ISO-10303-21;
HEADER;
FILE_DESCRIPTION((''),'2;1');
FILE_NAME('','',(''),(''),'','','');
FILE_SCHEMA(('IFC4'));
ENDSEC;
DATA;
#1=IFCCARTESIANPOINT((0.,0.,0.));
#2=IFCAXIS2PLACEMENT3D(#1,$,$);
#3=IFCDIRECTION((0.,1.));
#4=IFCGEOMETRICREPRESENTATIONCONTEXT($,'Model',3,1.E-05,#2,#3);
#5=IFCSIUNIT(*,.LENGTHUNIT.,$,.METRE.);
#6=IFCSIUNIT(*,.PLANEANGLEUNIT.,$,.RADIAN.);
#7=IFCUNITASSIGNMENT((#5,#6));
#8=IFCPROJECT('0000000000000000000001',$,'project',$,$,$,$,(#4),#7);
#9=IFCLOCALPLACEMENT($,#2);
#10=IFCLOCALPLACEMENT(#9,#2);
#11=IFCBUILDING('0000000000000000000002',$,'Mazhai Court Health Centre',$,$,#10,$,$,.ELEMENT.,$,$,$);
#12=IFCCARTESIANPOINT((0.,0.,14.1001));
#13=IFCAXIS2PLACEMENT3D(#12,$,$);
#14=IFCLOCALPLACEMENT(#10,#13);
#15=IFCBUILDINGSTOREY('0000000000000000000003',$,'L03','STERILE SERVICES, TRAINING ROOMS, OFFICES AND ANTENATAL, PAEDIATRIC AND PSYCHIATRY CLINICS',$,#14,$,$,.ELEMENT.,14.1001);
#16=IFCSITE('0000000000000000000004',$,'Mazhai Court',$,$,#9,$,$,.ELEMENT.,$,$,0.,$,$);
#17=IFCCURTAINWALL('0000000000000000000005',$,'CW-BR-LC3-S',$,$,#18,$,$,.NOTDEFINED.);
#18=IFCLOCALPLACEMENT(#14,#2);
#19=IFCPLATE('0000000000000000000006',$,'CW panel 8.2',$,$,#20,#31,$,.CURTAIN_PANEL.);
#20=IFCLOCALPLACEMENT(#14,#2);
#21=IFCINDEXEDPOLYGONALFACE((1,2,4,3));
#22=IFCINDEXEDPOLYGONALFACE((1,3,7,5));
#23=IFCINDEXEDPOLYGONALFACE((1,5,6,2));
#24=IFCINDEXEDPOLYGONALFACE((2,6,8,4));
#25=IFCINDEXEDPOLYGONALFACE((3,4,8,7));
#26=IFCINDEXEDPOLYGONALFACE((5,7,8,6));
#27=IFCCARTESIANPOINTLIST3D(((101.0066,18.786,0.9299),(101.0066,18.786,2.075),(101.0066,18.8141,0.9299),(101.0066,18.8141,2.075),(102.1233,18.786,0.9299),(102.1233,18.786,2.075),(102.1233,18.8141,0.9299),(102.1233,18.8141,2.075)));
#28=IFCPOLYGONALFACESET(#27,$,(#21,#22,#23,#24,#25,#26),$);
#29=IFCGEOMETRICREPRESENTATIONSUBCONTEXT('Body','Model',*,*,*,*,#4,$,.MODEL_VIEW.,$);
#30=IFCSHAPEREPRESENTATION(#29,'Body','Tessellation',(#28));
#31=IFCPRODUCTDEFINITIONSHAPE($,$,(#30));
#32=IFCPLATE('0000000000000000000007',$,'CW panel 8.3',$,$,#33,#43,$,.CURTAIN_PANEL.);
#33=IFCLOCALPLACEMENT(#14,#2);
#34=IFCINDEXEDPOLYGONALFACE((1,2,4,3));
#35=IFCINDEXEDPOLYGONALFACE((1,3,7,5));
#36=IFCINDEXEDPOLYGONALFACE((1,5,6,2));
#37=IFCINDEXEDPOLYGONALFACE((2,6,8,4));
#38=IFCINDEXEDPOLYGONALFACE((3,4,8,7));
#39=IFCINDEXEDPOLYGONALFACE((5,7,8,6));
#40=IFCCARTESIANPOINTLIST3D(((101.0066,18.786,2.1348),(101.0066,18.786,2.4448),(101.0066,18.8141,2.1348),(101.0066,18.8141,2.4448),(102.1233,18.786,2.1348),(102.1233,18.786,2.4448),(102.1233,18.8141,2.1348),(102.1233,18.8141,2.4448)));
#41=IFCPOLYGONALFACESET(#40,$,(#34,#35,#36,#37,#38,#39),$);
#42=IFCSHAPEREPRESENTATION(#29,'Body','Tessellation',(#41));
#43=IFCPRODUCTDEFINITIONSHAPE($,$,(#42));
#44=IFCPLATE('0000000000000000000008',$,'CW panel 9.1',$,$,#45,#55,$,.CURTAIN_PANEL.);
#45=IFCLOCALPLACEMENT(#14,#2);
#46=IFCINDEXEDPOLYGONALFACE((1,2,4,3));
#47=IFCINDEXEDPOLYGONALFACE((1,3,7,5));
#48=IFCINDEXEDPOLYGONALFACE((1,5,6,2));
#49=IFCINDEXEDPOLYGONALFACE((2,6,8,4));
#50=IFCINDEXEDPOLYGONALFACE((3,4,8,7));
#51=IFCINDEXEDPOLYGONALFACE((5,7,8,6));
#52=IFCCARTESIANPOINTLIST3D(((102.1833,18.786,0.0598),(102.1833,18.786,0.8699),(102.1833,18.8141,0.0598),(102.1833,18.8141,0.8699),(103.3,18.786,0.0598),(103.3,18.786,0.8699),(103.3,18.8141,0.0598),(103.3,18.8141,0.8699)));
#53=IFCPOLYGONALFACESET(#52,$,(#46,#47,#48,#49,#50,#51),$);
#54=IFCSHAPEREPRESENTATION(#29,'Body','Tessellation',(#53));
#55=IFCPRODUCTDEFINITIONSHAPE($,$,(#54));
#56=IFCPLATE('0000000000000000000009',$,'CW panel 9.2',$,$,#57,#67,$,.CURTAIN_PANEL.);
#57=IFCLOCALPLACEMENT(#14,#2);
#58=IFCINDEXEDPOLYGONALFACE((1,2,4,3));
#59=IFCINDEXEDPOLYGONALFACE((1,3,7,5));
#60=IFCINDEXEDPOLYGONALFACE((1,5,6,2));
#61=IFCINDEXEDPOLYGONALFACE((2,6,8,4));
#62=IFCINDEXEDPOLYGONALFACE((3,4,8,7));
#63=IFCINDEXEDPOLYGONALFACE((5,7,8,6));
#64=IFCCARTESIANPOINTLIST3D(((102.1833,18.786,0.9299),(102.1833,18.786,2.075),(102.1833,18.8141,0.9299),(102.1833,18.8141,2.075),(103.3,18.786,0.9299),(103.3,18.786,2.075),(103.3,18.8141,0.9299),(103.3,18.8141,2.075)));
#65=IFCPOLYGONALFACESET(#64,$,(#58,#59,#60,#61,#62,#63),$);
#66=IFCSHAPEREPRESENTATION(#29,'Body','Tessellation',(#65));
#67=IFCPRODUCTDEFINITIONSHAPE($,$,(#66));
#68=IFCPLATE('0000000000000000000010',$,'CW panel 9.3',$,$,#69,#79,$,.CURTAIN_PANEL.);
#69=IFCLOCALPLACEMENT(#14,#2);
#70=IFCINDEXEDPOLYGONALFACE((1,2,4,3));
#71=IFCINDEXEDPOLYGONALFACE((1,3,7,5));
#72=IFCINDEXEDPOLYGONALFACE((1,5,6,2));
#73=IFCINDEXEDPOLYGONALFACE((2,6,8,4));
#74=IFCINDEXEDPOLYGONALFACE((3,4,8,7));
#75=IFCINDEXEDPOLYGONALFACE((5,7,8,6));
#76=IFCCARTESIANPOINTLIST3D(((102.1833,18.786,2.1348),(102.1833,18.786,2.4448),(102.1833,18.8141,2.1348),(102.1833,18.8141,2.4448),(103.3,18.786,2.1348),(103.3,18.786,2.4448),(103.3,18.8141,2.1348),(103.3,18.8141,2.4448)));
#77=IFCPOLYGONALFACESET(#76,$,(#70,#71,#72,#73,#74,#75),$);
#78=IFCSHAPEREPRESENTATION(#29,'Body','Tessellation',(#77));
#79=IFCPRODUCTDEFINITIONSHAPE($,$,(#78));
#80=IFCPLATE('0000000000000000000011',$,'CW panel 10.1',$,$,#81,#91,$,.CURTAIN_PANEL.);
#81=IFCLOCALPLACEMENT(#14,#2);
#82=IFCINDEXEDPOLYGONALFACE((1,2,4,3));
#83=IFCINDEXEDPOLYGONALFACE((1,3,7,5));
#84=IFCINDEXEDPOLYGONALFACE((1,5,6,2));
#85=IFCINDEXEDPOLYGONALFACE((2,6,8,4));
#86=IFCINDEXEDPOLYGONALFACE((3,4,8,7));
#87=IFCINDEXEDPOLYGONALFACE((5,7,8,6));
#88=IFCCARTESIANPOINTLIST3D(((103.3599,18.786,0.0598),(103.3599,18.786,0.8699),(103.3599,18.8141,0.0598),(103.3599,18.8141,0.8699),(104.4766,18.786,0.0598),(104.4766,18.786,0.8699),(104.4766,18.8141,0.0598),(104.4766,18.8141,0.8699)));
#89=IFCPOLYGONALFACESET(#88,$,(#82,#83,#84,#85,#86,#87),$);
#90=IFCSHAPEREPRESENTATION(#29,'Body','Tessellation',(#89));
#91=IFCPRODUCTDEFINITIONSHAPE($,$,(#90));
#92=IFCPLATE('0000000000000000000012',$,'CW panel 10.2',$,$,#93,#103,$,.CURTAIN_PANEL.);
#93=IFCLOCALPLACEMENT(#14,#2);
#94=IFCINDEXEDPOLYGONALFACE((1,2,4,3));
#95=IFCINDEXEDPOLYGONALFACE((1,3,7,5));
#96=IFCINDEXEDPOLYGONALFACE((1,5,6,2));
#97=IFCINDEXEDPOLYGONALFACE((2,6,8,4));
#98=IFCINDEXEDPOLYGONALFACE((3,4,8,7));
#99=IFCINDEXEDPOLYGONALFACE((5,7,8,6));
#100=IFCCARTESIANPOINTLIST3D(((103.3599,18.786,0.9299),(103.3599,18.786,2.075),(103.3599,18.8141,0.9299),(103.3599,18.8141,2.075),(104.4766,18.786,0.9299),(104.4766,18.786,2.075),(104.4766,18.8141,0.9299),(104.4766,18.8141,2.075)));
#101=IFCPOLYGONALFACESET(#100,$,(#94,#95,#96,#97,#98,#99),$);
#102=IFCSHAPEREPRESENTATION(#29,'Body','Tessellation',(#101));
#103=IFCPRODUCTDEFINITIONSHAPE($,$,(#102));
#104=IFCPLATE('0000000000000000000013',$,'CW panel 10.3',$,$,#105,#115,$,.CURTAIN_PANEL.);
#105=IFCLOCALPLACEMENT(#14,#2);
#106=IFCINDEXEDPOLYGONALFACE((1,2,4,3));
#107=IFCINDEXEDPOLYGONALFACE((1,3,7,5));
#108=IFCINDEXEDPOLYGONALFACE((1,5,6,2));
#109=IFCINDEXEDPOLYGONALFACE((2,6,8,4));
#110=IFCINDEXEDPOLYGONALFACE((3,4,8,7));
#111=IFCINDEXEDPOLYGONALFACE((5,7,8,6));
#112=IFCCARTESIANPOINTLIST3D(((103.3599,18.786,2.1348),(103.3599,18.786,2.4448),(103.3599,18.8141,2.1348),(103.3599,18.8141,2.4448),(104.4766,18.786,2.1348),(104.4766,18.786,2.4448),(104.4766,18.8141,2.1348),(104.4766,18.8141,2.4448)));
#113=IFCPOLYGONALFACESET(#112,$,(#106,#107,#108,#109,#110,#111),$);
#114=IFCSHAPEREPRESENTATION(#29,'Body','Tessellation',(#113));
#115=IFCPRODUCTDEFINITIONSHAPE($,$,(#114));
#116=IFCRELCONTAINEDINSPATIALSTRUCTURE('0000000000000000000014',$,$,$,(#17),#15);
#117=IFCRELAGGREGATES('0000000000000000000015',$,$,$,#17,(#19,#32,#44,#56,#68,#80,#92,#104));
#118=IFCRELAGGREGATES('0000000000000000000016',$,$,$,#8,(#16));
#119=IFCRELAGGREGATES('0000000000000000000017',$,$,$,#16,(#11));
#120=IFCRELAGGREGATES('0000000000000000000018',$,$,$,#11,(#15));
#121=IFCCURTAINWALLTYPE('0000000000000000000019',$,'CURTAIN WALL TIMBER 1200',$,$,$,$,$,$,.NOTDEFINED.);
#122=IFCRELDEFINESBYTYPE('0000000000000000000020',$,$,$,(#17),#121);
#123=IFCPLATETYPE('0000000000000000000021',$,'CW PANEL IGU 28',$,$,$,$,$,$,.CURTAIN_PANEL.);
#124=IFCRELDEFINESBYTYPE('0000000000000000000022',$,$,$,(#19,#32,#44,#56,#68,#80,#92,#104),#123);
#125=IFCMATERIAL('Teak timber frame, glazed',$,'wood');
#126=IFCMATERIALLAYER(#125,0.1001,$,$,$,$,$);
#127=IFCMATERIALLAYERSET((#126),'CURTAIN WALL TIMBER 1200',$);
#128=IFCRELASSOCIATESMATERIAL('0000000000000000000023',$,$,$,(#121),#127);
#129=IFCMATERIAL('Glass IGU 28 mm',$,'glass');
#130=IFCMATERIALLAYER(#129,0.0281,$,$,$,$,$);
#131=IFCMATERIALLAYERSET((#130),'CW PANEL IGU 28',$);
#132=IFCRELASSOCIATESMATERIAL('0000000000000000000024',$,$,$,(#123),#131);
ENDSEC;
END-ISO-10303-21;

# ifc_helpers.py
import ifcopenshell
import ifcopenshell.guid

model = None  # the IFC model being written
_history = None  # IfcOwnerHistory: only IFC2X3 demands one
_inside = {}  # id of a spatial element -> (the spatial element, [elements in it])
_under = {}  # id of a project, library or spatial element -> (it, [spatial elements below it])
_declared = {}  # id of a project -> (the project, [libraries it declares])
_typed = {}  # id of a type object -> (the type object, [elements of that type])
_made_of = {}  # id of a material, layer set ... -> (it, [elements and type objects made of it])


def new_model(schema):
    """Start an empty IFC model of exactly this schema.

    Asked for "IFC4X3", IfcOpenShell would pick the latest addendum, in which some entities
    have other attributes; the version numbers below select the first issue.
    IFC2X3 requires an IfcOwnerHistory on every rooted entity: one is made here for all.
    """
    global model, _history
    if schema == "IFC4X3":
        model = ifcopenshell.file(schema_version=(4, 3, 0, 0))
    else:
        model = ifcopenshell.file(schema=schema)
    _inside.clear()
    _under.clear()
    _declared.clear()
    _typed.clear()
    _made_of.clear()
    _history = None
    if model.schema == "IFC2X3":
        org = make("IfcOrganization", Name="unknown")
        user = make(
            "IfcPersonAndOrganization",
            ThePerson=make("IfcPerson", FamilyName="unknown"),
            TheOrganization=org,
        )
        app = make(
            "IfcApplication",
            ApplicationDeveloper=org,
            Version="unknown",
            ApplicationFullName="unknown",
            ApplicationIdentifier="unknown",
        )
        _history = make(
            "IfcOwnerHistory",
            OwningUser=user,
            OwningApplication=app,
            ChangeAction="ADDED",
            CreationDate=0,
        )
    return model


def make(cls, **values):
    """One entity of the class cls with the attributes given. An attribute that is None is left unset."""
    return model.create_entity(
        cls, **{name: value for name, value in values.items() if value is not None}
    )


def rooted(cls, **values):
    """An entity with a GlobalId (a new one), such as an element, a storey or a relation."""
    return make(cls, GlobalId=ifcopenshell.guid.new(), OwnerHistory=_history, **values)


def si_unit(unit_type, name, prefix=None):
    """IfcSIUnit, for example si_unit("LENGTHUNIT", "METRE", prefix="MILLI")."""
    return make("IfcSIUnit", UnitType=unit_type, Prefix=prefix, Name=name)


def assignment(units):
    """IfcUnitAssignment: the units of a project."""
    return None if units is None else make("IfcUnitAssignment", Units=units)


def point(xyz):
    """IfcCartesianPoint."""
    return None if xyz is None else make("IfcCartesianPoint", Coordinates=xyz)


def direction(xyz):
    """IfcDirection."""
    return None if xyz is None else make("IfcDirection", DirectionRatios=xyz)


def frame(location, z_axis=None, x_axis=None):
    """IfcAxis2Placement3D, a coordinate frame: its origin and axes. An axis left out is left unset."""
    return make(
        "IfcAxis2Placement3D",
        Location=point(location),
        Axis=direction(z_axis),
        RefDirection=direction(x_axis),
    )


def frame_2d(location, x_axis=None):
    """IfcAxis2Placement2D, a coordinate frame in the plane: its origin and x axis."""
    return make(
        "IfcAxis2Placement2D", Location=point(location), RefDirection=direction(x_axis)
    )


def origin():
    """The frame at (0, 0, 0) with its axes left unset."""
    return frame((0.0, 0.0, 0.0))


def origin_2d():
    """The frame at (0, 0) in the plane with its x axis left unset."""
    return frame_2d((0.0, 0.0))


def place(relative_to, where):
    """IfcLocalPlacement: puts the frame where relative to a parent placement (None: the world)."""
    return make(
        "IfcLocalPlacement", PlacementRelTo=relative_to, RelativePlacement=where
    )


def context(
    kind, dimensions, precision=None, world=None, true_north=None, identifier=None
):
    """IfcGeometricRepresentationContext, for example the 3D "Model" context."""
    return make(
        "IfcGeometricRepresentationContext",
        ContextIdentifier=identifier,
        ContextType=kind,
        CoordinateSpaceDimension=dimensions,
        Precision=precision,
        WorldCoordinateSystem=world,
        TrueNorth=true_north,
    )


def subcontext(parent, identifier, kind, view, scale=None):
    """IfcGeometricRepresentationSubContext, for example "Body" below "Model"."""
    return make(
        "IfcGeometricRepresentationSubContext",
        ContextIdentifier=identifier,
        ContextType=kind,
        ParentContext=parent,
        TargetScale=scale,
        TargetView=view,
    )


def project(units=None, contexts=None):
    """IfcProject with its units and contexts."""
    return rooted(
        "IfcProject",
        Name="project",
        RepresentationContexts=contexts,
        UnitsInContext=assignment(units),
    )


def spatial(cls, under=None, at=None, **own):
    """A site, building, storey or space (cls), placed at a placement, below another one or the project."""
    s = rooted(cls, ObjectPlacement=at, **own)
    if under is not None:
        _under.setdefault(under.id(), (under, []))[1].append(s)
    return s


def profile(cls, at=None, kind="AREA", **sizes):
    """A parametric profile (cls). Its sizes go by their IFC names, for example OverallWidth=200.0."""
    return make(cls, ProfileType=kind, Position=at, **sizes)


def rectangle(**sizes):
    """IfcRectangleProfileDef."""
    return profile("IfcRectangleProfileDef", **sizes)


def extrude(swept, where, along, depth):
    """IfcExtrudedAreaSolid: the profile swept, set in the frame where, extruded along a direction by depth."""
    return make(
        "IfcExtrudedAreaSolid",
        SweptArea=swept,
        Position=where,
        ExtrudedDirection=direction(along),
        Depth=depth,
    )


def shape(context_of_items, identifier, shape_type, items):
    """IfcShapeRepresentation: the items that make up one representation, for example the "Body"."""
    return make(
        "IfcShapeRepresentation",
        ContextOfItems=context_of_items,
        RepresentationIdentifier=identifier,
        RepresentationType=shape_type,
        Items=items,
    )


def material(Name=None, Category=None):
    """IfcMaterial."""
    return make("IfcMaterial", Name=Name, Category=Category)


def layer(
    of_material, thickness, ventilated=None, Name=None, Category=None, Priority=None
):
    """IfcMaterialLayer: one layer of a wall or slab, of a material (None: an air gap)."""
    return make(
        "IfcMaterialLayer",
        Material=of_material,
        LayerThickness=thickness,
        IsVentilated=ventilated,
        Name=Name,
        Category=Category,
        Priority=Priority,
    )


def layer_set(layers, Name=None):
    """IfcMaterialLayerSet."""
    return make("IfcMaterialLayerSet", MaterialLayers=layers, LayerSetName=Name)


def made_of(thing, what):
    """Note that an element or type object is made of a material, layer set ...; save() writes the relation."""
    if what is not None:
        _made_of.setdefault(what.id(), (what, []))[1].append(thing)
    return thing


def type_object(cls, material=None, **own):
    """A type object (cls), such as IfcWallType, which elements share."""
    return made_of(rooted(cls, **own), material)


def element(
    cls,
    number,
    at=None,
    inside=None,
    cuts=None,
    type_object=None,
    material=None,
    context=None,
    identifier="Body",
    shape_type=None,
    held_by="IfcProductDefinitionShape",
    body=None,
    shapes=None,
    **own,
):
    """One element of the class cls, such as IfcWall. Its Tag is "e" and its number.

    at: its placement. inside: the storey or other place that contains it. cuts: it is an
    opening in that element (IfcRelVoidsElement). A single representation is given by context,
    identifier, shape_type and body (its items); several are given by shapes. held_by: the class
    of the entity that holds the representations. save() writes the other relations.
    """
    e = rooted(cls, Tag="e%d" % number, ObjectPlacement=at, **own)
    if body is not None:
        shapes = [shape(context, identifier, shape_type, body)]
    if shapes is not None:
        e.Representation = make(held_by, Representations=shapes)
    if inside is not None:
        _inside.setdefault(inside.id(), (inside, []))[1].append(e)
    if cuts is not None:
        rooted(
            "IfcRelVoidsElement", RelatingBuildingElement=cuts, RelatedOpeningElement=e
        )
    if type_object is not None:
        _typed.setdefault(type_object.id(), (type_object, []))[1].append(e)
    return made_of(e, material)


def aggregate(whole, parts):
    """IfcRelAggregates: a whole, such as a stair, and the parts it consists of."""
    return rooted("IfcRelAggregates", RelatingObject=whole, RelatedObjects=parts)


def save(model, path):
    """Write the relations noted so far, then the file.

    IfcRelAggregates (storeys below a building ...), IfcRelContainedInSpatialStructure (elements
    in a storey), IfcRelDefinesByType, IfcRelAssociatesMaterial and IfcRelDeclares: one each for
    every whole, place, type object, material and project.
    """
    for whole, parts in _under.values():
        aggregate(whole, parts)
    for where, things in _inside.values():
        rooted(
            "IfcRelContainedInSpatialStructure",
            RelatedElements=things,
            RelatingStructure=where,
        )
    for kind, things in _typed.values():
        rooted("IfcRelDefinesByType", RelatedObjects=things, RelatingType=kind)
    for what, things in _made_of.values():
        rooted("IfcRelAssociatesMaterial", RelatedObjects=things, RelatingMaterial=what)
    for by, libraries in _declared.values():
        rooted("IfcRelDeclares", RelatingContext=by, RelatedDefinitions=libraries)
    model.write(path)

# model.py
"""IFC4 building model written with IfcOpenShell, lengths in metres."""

from ifc_helpers import new_model, si_unit, direction, frame, origin, origin_2d, place, context, subcontext, project, spatial, rectangle, extrude, material, layer, layer_set, type_object, element, aggregate, save


model = new_model("IFC4")

# Units and contexts
model_context = context("Model", 3, precision=1e-05, world=origin(), true_north=direction((0.0, 1.0)))
body_context = subcontext(model_context, "Body", "Model", "MODEL_VIEW")
ifc_project = project(units=[si_unit("LENGTHUNIT", "METRE"), si_unit("PLANEANGLEUNIT", "RADIAN")], contexts=[model_context])

# Site, building, storey
site_placement = place(None, origin())
site = spatial("IfcSite", under=ifc_project, at=site_placement, Name="Mazhai Court", CompositionType="ELEMENT", RefElevation=0.0)
building_placement = place(site_placement, origin())
building = spatial("IfcBuilding", under=site, at=building_placement, Name="Mazhai Court Health Centre", CompositionType="ELEMENT")
storey_placement = place(building_placement, frame((0.0, 0.0, 14.1001)))
storey = spatial("IfcBuildingStorey", under=building, at=storey_placement, Name="L03", Description="STERILE SERVICES, TRAINING ROOMS, OFFICES AND ANTENATAL, PAEDIATRIC AND PSYCHIATRY CLINICS", CompositionType="ELEMENT", Elevation=14.1001)

# Curtain wall, plates
ifc_material_1 = material(Name="Teak timber frame, glazed", Category="wood")
ifc_layer_1 = layer(ifc_material_1, 0.1001)
ifc_layer_set_1 = layer_set([ifc_layer_1], Name="CURTAIN WALL TIMBER 1200")
curtain_wall_type = type_object("IfcCurtainWallType", Name="CURTAIN WALL TIMBER 1200", PredefinedType="NOTDEFINED", material=ifc_layer_set_1)
curtain_wall_placement = place(storey_placement, origin())
curtain_wall = element("IfcCurtainWall", 1, at=curtain_wall_placement, inside=storey, type_object=curtain_wall_type, Name="CW-BR-LC3-S", PredefinedType="NOTDEFINED")
ifc_material_2 = material(Name="Glass IGU 28 mm", Category="glass")
ifc_layer_2 = layer(ifc_material_2, 0.0281)
ifc_layer_set_2 = layer_set([ifc_layer_2], Name="CW PANEL IGU 28")
plate_type = type_object("IfcPlateType", Name="CW PANEL IGU 28", PredefinedType="CURTAIN_PANEL", material=ifc_layer_set_2)
plate_1_placement = place(storey_placement, frame((101.5649, 18.8, 0.9299), z_axis=(0.0, 0.0, 1.0), x_axis=(1.0, 0.0, 0.0)))
plate_1 = element("IfcPlate", 2, at=plate_1_placement, type_object=plate_type, Name="CW panel 8.2", PredefinedType="CURTAIN_PANEL", context=body_context, shape_type="SweptSolid", body=[
    extrude(rectangle(XDim=1.1167, YDim=0.0281, at=origin_2d()), origin(), (0.0, 0.0, 1.0), 1.145),
])
plate_2_placement = place(storey_placement, frame((101.5649, 18.8, 2.1348), z_axis=(0.0, 0.0, 1.0), x_axis=(1.0, 0.0, 0.0)))
plate_2 = element("IfcPlate", 3, at=plate_2_placement, type_object=plate_type, Name="CW panel 8.3", PredefinedType="CURTAIN_PANEL", context=body_context, shape_type="SweptSolid", body=[
    extrude(rectangle(XDim=1.1167, YDim=0.0281, at=origin_2d()), origin(), (0.0, 0.0, 1.0), 0.3101),
])
plate_3_placement = place(storey_placement, frame((102.7417, 18.8, 0.0598), z_axis=(0.0, 0.0, 1.0), x_axis=(1.0, 0.0, 0.0)))
plate_3 = element("IfcPlate", 4, at=plate_3_placement, type_object=plate_type, Name="CW panel 9.1", PredefinedType="CURTAIN_PANEL", context=body_context, shape_type="SweptSolid", body=[
    extrude(rectangle(XDim=1.1167, YDim=0.0281, at=origin_2d()), origin(), (0.0, 0.0, 1.0), 0.8101),
])
plate_4_placement = place(storey_placement, frame((102.7417, 18.8, 0.9299), z_axis=(0.0, 0.0, 1.0), x_axis=(1.0, 0.0, 0.0)))
plate_4 = element("IfcPlate", 5, at=plate_4_placement, type_object=plate_type, Name="CW panel 9.2", PredefinedType="CURTAIN_PANEL", context=body_context, shape_type="SweptSolid", body=[
    extrude(rectangle(XDim=1.1167, YDim=0.0281, at=origin_2d()), origin(), (0.0, 0.0, 1.0), 1.145),
])
plate_5_placement = place(storey_placement, frame((102.7417, 18.8, 2.1348), z_axis=(0.0, 0.0, 1.0), x_axis=(1.0, 0.0, 0.0)))
plate_5 = element("IfcPlate", 6, at=plate_5_placement, type_object=plate_type, Name="CW panel 9.3", PredefinedType="CURTAIN_PANEL", context=body_context, shape_type="SweptSolid", body=[
    extrude(rectangle(XDim=1.1167, YDim=0.0281, at=origin_2d()), origin(), (0.0, 0.0, 1.0), 0.3101),
])
plate_6_placement = place(storey_placement, frame((103.9182, 18.8, 0.0598), z_axis=(0.0, 0.0, 1.0), x_axis=(1.0, 0.0, 0.0)))
plate_6 = element("IfcPlate", 7, at=plate_6_placement, type_object=plate_type, Name="CW panel 10.1", PredefinedType="CURTAIN_PANEL", context=body_context, shape_type="SweptSolid", body=[
    extrude(rectangle(XDim=1.1167, YDim=0.0281, at=origin_2d()), origin(), (0.0, 0.0, 1.0), 0.8101),
])
plate_7_placement = place(storey_placement, frame((103.9182, 18.8, 0.9299), z_axis=(0.0, 0.0, 1.0), x_axis=(1.0, 0.0, 0.0)))
plate_7 = element("IfcPlate", 8, at=plate_7_placement, type_object=plate_type, Name="CW panel 10.2", PredefinedType="CURTAIN_PANEL", context=body_context, shape_type="SweptSolid", body=[
    extrude(rectangle(XDim=1.1167, YDim=0.0281, at=origin_2d()), origin(), (0.0, 0.0, 1.0), 1.145),
])
plate_8_placement = place(storey_placement, frame((103.9182, 18.8, 2.1348), z_axis=(0.0, 0.0, 1.0), x_axis=(1.0, 0.0, 0.0)))
plate_8 = element("IfcPlate", 9, at=plate_8_placement, type_object=plate_type, Name="CW panel 10.3", PredefinedType="CURTAIN_PANEL", context=body_context, shape_type="SweptSolid", body=[
    extrude(rectangle(XDim=1.1167, YDim=0.0281, at=origin_2d()), origin(), (0.0, 0.0, 1.0), 0.3101),
])
aggregate(curtain_wall, [plate_1, plate_2, plate_3, plate_4, plate_5, plate_6, plate_7, plate_8])

save(model, "model.ifc")
